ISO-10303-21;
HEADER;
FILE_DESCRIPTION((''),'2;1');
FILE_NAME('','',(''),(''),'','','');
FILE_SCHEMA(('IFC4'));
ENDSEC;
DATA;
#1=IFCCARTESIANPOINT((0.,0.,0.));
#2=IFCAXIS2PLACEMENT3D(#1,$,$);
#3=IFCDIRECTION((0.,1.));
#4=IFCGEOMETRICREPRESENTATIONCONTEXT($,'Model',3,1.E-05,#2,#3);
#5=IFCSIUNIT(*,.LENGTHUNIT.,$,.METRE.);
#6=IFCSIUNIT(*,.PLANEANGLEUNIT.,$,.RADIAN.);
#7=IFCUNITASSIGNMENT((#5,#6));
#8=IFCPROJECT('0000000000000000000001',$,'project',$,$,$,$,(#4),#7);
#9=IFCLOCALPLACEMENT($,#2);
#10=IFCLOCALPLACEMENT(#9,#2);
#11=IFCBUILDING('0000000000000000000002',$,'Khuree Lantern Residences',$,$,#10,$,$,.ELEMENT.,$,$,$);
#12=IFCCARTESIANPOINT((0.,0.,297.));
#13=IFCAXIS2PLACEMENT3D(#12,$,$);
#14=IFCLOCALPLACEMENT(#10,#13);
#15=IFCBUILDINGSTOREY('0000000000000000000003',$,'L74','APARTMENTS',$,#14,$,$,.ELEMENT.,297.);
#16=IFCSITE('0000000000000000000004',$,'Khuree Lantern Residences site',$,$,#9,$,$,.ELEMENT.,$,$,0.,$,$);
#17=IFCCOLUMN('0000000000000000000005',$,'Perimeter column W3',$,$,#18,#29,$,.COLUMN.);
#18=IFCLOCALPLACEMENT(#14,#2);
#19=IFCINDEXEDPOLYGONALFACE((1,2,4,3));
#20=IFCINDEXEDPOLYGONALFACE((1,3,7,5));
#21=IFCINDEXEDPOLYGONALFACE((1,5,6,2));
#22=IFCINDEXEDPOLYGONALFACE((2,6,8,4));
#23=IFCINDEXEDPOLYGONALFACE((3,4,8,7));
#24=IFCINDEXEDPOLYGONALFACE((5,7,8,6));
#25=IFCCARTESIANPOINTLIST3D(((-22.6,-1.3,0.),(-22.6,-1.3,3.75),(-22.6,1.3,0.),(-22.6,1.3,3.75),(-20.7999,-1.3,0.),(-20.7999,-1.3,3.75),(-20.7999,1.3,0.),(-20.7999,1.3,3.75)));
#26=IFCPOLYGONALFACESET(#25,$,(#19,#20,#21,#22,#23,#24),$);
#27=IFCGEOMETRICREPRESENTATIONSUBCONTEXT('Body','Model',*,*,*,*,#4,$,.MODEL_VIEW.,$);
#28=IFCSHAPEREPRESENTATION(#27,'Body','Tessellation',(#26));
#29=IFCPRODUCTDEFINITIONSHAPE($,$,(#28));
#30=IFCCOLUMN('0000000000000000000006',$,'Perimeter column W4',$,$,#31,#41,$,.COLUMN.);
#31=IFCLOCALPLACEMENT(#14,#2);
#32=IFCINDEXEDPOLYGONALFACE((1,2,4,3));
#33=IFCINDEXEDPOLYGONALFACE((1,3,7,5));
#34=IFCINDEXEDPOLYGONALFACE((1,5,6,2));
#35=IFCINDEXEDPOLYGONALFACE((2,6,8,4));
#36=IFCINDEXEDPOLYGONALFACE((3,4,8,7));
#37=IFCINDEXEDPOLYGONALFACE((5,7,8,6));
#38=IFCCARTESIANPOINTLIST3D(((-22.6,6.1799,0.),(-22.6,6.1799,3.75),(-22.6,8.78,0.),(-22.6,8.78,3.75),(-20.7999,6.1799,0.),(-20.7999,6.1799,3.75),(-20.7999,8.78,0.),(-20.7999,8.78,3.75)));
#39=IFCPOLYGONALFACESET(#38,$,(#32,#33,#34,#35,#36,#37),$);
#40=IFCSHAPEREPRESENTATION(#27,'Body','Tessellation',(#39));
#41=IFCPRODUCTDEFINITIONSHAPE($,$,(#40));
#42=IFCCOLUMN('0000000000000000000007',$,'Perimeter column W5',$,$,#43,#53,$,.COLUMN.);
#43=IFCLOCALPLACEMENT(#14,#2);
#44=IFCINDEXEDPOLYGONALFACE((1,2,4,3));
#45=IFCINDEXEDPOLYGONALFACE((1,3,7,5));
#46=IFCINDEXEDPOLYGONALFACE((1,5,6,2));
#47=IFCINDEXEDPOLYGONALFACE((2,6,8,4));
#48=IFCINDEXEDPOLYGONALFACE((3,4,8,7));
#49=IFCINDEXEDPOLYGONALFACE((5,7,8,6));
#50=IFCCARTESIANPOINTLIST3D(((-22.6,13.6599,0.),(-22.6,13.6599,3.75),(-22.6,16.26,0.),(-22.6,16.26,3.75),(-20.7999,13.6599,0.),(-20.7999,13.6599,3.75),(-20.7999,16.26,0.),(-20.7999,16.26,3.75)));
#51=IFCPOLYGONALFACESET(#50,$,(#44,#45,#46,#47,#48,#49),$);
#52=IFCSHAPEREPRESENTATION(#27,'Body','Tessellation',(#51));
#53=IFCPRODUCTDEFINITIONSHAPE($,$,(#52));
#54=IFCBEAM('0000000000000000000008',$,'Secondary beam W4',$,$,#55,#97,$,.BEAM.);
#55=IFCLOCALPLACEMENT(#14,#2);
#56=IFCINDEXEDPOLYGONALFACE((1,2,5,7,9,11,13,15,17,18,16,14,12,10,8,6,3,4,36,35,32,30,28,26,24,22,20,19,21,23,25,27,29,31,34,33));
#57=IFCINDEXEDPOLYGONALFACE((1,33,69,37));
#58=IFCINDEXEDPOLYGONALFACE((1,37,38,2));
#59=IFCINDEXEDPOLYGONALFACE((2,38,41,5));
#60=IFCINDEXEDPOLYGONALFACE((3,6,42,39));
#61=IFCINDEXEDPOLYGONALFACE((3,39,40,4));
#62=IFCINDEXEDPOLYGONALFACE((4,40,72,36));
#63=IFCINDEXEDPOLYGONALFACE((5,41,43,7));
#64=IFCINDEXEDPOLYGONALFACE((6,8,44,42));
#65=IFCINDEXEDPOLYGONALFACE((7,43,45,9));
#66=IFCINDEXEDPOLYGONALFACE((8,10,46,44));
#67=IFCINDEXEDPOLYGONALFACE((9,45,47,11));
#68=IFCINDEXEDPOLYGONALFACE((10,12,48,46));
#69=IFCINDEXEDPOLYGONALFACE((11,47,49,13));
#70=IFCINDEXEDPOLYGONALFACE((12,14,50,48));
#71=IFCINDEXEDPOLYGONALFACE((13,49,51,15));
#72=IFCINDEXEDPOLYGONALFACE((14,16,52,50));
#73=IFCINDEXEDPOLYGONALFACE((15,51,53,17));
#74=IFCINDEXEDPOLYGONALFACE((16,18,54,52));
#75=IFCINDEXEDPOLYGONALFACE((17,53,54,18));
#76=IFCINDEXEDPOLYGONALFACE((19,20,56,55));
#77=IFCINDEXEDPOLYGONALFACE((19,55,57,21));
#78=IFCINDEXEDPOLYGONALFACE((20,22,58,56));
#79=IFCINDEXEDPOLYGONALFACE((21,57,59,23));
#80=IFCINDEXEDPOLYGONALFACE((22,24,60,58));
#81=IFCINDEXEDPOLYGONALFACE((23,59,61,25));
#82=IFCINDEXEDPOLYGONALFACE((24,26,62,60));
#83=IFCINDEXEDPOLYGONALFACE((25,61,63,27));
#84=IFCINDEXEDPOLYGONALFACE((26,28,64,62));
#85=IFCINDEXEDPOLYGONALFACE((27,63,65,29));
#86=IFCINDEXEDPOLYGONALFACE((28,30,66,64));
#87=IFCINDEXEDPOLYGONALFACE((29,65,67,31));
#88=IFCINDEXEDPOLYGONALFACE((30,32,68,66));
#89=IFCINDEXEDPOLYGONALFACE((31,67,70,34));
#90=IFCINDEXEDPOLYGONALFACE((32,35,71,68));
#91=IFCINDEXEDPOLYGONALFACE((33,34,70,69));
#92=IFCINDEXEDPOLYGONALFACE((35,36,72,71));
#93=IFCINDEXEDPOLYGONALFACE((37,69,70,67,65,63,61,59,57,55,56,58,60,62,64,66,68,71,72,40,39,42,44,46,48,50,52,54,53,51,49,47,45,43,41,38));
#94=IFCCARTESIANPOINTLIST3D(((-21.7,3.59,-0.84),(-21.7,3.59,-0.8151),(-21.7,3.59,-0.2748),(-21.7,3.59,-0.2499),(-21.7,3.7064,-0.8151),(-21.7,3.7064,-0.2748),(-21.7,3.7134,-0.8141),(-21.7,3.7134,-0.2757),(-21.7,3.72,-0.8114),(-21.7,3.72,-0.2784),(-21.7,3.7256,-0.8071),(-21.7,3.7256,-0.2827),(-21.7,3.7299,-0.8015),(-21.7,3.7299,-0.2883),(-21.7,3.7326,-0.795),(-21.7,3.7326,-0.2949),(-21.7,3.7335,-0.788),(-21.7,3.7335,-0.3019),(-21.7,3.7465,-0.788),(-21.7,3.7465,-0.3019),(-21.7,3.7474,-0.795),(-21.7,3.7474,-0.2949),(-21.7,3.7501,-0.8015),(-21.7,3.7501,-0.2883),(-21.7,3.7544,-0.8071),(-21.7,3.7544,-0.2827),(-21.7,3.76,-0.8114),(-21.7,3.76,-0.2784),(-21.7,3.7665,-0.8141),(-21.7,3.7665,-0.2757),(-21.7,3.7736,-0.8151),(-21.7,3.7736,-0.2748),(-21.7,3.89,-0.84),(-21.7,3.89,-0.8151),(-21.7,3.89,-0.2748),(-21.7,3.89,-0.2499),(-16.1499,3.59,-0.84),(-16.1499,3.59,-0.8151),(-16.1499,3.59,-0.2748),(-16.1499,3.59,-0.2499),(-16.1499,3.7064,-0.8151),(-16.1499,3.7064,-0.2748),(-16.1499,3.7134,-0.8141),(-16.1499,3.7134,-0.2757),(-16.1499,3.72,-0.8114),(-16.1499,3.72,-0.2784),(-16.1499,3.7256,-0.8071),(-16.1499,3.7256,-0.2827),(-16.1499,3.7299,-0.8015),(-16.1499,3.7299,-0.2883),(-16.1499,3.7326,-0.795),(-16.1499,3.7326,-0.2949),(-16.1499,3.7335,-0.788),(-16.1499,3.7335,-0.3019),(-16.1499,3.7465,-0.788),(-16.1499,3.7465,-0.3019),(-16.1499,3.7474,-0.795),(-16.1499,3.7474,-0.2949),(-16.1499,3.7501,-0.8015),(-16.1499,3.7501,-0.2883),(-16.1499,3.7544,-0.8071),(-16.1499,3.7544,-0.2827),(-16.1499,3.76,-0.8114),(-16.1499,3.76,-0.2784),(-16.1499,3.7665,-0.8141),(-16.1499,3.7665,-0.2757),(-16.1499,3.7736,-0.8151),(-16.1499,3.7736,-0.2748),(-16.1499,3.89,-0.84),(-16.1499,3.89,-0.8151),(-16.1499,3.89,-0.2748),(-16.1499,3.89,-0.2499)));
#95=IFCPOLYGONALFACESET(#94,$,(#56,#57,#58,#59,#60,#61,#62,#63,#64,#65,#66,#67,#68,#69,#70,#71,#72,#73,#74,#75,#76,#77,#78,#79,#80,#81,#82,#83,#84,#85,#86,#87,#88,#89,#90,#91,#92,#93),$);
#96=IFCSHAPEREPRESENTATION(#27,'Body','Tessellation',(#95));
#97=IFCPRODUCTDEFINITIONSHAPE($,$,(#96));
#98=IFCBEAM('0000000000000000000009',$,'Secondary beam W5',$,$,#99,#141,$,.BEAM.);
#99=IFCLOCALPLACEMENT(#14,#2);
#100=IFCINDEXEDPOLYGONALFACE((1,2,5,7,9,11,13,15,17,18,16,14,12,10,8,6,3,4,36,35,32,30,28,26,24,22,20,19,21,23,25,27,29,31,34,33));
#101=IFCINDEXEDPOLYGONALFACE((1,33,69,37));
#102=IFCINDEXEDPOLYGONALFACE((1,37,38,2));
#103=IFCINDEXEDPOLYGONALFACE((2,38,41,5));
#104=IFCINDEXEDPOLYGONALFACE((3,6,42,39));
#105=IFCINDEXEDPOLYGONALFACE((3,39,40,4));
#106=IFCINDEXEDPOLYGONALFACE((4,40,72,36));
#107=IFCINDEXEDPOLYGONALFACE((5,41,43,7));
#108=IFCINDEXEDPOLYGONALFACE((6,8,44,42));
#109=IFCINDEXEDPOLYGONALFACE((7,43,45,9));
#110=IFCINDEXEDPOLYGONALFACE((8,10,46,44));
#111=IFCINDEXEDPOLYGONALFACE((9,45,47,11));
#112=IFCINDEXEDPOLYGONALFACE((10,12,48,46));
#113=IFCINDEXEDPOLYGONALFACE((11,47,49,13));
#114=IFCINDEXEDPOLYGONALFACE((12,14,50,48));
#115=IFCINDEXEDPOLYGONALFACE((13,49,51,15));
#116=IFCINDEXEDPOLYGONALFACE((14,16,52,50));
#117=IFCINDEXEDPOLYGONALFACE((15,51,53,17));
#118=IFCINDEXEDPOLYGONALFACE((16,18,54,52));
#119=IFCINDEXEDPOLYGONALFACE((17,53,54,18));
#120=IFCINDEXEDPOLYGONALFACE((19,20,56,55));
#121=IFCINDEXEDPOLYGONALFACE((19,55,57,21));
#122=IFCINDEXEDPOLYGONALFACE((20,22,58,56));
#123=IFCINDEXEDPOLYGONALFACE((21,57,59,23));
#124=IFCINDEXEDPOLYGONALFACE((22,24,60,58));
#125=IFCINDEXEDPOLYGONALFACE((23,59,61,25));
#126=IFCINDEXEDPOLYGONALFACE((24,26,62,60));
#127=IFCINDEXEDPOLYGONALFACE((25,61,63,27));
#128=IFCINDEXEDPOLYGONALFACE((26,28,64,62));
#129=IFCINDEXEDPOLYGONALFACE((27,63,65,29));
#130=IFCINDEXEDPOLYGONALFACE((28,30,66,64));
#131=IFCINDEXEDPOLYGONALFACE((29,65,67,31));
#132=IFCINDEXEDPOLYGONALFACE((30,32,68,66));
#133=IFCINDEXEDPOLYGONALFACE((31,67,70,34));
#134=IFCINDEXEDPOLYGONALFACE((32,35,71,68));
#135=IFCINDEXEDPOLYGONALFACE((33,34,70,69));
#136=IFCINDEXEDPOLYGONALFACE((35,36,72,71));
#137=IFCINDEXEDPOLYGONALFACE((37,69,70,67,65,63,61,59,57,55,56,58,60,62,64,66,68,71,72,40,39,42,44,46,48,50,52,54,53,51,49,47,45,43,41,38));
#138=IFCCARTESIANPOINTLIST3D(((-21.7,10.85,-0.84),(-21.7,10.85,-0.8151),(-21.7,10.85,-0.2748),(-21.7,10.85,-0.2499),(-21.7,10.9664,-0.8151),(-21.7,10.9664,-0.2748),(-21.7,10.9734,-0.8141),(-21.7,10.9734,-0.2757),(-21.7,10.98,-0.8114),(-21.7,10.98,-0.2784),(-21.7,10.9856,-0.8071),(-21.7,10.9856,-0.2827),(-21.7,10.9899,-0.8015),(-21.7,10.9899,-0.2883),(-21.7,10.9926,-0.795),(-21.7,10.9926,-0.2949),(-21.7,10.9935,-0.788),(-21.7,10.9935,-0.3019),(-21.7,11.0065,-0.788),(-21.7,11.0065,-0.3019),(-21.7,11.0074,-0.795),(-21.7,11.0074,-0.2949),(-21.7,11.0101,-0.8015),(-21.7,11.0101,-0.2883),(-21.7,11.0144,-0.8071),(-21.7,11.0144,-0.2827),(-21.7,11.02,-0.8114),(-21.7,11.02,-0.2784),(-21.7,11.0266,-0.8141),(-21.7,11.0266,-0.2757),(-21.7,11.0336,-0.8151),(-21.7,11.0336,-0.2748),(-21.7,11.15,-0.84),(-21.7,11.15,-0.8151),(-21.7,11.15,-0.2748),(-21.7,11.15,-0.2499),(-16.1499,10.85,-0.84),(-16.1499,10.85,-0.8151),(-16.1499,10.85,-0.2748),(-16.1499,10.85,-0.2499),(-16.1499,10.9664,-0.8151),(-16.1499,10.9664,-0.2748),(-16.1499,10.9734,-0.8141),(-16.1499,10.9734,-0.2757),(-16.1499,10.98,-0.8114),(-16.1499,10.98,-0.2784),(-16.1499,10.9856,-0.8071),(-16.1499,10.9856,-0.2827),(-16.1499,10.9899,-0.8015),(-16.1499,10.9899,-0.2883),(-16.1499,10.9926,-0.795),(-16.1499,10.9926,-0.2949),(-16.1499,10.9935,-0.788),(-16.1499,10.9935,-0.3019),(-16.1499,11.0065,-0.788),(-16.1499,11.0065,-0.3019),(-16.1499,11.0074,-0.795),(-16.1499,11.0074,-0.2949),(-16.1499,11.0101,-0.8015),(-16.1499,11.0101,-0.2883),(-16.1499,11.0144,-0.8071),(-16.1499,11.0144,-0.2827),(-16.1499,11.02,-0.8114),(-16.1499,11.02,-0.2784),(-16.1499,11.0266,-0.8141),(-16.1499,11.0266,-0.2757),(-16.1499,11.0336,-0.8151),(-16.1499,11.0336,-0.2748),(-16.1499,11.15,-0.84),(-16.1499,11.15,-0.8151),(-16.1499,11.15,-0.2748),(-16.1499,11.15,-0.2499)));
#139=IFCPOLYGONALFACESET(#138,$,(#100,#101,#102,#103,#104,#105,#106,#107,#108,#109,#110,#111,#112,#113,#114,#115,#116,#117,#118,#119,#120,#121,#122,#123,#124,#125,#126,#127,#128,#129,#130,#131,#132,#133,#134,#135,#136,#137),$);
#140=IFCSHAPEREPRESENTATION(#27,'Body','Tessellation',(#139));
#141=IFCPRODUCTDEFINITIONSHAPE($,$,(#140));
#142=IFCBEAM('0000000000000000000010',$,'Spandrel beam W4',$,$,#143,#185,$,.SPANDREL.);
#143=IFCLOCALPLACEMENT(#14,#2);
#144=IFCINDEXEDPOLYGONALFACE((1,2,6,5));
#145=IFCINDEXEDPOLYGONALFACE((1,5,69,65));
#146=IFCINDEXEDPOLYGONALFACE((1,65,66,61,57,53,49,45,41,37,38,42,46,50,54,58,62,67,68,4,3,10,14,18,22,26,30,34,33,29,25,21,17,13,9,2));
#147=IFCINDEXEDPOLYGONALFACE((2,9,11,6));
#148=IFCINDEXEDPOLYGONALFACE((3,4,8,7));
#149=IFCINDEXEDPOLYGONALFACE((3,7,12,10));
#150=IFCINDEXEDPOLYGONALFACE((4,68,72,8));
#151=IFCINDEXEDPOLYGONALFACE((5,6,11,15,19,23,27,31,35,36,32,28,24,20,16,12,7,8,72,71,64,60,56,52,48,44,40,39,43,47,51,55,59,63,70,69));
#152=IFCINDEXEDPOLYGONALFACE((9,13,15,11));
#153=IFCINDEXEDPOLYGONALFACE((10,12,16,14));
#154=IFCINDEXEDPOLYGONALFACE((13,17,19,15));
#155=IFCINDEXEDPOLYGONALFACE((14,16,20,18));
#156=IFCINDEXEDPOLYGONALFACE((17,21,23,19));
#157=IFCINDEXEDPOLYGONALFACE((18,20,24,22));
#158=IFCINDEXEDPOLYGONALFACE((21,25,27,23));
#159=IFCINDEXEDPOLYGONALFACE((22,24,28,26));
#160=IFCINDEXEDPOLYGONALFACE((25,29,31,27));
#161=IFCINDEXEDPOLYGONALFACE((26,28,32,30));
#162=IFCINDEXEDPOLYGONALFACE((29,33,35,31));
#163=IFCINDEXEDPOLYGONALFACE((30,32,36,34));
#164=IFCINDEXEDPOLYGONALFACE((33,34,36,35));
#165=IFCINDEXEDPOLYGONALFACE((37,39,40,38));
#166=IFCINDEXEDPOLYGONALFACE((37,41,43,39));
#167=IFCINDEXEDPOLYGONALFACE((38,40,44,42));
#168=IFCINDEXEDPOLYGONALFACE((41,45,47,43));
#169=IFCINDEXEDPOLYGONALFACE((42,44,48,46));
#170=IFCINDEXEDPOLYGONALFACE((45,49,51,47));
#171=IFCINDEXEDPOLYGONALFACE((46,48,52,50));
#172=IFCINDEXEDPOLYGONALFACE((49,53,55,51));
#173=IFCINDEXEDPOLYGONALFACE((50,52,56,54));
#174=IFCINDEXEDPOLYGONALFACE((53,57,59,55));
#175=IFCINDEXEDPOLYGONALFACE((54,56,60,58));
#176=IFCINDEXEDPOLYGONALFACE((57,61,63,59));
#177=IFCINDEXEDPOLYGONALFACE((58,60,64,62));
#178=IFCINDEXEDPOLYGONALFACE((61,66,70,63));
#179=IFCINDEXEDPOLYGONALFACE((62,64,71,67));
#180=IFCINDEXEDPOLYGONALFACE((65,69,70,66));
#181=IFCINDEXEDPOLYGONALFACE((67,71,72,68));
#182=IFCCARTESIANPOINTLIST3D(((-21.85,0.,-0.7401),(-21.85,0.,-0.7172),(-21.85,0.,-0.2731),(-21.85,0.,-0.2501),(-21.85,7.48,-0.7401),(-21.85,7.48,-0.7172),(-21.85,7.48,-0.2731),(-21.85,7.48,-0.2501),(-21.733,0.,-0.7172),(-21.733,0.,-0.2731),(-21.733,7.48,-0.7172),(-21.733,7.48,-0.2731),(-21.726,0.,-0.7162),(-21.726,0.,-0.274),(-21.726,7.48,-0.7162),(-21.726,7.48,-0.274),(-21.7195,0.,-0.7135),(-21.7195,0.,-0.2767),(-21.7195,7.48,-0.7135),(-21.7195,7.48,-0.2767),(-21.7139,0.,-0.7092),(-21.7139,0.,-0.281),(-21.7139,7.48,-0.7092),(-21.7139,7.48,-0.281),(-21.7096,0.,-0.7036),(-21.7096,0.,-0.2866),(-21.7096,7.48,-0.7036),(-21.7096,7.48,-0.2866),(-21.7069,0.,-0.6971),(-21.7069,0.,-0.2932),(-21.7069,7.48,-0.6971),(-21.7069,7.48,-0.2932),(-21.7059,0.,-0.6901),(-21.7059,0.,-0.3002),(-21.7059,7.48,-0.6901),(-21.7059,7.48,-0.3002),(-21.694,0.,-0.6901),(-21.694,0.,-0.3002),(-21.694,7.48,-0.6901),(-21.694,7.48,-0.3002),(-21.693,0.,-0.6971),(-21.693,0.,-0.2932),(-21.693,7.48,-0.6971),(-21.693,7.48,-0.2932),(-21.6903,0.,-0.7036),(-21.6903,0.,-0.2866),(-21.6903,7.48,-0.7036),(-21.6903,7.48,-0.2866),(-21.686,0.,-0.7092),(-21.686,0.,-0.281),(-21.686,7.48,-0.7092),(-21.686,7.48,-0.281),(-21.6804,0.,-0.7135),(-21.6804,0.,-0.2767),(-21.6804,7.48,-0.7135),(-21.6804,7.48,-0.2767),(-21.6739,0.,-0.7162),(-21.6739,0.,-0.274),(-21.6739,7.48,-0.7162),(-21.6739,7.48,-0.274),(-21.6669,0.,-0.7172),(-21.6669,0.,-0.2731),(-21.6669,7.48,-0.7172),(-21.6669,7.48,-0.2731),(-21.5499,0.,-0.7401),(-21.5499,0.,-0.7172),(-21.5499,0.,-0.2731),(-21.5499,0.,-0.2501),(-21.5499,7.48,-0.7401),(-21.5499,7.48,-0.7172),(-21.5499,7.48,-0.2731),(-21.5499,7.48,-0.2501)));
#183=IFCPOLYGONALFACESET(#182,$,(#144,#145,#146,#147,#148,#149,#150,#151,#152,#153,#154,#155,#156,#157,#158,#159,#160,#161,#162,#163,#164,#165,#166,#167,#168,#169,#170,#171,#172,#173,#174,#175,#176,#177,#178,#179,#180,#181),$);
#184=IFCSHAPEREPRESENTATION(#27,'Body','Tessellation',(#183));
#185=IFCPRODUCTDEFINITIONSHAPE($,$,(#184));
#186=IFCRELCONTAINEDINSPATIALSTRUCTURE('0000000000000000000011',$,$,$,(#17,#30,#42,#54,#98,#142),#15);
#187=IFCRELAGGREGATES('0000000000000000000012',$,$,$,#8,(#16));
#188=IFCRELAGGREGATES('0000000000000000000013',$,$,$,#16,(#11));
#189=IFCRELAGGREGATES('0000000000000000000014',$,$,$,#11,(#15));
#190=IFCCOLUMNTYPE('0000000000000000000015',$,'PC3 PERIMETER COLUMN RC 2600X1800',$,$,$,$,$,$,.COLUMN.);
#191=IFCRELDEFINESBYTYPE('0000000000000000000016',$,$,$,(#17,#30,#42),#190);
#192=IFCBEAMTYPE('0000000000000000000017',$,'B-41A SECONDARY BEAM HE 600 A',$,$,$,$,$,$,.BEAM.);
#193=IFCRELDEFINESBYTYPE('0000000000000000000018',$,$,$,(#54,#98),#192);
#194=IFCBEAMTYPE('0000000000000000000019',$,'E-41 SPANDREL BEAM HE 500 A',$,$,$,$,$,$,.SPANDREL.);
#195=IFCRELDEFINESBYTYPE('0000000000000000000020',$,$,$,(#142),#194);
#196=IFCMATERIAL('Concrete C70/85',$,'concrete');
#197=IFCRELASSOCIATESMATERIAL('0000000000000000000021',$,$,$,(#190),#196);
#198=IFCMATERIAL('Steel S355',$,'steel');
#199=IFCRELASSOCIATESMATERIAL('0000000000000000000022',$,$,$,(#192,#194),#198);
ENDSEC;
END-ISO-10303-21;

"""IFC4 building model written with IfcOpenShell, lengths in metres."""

from ifc_helpers import new_model, si_unit, direction, frame, origin, origin_2d, place, context, subcontext, project, spatial, rectangle, i_section, extrude, material, material_profile, profile_set, type_object, element, save


model = new_model("IFC4")

# Units and contexts
model_context = context("Model", 3, precision=1e-05, world=origin(), true_north=direction((0.0, 1.0)))
body_context = subcontext(model_context, "Body", "Model", "MODEL_VIEW")
ifc_project = project(units=[si_unit("LENGTHUNIT", "METRE"), si_unit("PLANEANGLEUNIT", "RADIAN")], contexts=[model_context])

# Site, building, storey
site_placement = place(None, origin())
site = spatial("IfcSite", under=ifc_project, at=site_placement, Name="Khuree Lantern Residences site", CompositionType="ELEMENT", RefElevation=0.0)
building_placement = place(site_placement, origin())
building = spatial("IfcBuilding", under=site, at=building_placement, Name="Khuree Lantern Residences", CompositionType="ELEMENT")
storey_placement = place(building_placement, frame((0.0, 0.0, 297.0)))
storey = spatial("IfcBuildingStorey", under=building, at=storey_placement, Name="L74", Description="APARTMENTS", CompositionType="ELEMENT", Elevation=297.0)

# Columns
ifc_material_1 = material(Name="Concrete C70/85", Category="concrete")
ifc_material_profile_1 = material_profile(ifc_material_1, rectangle(XDim=2.6001, YDim=1.8, at=origin_2d()), Name="RC 2600X1800")
ifc_profile_set_1 = profile_set([ifc_material_profile_1], Name="Concrete C70/85")
column_type = type_object("IfcColumnType", Name="PC3 PERIMETER COLUMN RC 2600X1800", PredefinedType="COLUMN", material=ifc_profile_set_1)
for number, where, z_axis, x_axis, name in (
    (1, (-21.7, 0.0, 0.0), (0.0, 0.0, 1.0), (0.0, 1.0, 0.0), "Perimeter column W3"),
    (2, (-21.7, 7.48, 0.0), (0.0, 0.0, 1.0), (0.0, 1.0, 0.0), "Perimeter column W4"),
    (3, (-21.7, 14.96, 0.0), (0.0, 0.0, 1.0), (0.0, 1.0, 0.0), "Perimeter column W5"),
):
    element("IfcColumn", number, at=place(storey_placement, frame(where, z_axis=z_axis, x_axis=x_axis)), inside=storey, type_object=column_type, Name=name, PredefinedType="COLUMN", context=body_context, shape_type="SweptSolid", body=[
        extrude(rectangle(XDim=2.6001, YDim=1.8, at=origin_2d()), origin(), (0.0, 0.0, 1.0), 3.75),
    ])

# Beams
ifc_material_2 = material(Name="Steel S355", Category="steel")
ifc_material_profile_2 = material_profile(ifc_material_2, i_section(OverallWidth=0.3, OverallDepth=0.5901, WebThickness=0.0129, FlangeThickness=0.0249, FilletRadius=0.0271, at=origin_2d()), Name="HE 600 A")
ifc_profile_set_2 = profile_set([ifc_material_profile_2], Name="Steel S355")
beam_type_1 = type_object("IfcBeamType", Name="B-41A SECONDARY BEAM HE 600 A", PredefinedType="BEAM", material=ifc_profile_set_2)
for number, where, z_axis, x_axis, name in (
    (4, (-21.7, 3.74, -0.5449), (1.0, 0.0, 0.0), (0.0, 1.0, 0.0), "Secondary beam W4"),
    (5, (-21.7, 11.0, -0.5449), (1.0, 0.0, 0.0), (0.0, 1.0, 0.0), "Secondary beam W5"),
):
    element("IfcBeam", number, at=place(storey_placement, frame(where, z_axis=z_axis, x_axis=x_axis)), inside=storey, type_object=beam_type_1, Name=name, PredefinedType="BEAM", context=body_context, shape_type="SweptSolid", body=[
        extrude(i_section(OverallWidth=0.3, OverallDepth=0.5901, WebThickness=0.0129, FlangeThickness=0.0249, FilletRadius=0.0271, at=origin_2d()), origin(), (0.0, 0.0, 1.0), 5.55),
    ])
ifc_material_profile_3 = material_profile(ifc_material_2, i_section(OverallWidth=0.3, OverallDepth=0.49, WebThickness=0.012, FlangeThickness=0.0229, FilletRadius=0.0271, at=origin_2d()), Name="HE 500 A")
ifc_profile_set_3 = profile_set([ifc_material_profile_3], Name="Steel S355")
beam_type_2 = type_object("IfcBeamType", Name="E-41 SPANDREL BEAM HE 500 A", PredefinedType="SPANDREL", material=ifc_profile_set_3)
for number, where, z_axis, x_axis, name in (
    (6, (-21.7, 0.0, -0.4951), (0.0, 1.0, 0.0), (-1.0, 0.0, 0.0), "Spandrel beam W4"),
):
    element("IfcBeam", number, at=place(storey_placement, frame(where, z_axis=z_axis, x_axis=x_axis)), inside=storey, type_object=beam_type_2, Name=name, PredefinedType="SPANDREL", context=body_context, shape_type="SweptSolid", body=[
        extrude(i_section(OverallWidth=0.3, OverallDepth=0.49, WebThickness=0.012, FlangeThickness=0.0229, FilletRadius=0.0271, at=origin_2d()), origin(), (0.0, 0.0, 1.0), 7.48),
    ])

save(model, "model.ifc")
